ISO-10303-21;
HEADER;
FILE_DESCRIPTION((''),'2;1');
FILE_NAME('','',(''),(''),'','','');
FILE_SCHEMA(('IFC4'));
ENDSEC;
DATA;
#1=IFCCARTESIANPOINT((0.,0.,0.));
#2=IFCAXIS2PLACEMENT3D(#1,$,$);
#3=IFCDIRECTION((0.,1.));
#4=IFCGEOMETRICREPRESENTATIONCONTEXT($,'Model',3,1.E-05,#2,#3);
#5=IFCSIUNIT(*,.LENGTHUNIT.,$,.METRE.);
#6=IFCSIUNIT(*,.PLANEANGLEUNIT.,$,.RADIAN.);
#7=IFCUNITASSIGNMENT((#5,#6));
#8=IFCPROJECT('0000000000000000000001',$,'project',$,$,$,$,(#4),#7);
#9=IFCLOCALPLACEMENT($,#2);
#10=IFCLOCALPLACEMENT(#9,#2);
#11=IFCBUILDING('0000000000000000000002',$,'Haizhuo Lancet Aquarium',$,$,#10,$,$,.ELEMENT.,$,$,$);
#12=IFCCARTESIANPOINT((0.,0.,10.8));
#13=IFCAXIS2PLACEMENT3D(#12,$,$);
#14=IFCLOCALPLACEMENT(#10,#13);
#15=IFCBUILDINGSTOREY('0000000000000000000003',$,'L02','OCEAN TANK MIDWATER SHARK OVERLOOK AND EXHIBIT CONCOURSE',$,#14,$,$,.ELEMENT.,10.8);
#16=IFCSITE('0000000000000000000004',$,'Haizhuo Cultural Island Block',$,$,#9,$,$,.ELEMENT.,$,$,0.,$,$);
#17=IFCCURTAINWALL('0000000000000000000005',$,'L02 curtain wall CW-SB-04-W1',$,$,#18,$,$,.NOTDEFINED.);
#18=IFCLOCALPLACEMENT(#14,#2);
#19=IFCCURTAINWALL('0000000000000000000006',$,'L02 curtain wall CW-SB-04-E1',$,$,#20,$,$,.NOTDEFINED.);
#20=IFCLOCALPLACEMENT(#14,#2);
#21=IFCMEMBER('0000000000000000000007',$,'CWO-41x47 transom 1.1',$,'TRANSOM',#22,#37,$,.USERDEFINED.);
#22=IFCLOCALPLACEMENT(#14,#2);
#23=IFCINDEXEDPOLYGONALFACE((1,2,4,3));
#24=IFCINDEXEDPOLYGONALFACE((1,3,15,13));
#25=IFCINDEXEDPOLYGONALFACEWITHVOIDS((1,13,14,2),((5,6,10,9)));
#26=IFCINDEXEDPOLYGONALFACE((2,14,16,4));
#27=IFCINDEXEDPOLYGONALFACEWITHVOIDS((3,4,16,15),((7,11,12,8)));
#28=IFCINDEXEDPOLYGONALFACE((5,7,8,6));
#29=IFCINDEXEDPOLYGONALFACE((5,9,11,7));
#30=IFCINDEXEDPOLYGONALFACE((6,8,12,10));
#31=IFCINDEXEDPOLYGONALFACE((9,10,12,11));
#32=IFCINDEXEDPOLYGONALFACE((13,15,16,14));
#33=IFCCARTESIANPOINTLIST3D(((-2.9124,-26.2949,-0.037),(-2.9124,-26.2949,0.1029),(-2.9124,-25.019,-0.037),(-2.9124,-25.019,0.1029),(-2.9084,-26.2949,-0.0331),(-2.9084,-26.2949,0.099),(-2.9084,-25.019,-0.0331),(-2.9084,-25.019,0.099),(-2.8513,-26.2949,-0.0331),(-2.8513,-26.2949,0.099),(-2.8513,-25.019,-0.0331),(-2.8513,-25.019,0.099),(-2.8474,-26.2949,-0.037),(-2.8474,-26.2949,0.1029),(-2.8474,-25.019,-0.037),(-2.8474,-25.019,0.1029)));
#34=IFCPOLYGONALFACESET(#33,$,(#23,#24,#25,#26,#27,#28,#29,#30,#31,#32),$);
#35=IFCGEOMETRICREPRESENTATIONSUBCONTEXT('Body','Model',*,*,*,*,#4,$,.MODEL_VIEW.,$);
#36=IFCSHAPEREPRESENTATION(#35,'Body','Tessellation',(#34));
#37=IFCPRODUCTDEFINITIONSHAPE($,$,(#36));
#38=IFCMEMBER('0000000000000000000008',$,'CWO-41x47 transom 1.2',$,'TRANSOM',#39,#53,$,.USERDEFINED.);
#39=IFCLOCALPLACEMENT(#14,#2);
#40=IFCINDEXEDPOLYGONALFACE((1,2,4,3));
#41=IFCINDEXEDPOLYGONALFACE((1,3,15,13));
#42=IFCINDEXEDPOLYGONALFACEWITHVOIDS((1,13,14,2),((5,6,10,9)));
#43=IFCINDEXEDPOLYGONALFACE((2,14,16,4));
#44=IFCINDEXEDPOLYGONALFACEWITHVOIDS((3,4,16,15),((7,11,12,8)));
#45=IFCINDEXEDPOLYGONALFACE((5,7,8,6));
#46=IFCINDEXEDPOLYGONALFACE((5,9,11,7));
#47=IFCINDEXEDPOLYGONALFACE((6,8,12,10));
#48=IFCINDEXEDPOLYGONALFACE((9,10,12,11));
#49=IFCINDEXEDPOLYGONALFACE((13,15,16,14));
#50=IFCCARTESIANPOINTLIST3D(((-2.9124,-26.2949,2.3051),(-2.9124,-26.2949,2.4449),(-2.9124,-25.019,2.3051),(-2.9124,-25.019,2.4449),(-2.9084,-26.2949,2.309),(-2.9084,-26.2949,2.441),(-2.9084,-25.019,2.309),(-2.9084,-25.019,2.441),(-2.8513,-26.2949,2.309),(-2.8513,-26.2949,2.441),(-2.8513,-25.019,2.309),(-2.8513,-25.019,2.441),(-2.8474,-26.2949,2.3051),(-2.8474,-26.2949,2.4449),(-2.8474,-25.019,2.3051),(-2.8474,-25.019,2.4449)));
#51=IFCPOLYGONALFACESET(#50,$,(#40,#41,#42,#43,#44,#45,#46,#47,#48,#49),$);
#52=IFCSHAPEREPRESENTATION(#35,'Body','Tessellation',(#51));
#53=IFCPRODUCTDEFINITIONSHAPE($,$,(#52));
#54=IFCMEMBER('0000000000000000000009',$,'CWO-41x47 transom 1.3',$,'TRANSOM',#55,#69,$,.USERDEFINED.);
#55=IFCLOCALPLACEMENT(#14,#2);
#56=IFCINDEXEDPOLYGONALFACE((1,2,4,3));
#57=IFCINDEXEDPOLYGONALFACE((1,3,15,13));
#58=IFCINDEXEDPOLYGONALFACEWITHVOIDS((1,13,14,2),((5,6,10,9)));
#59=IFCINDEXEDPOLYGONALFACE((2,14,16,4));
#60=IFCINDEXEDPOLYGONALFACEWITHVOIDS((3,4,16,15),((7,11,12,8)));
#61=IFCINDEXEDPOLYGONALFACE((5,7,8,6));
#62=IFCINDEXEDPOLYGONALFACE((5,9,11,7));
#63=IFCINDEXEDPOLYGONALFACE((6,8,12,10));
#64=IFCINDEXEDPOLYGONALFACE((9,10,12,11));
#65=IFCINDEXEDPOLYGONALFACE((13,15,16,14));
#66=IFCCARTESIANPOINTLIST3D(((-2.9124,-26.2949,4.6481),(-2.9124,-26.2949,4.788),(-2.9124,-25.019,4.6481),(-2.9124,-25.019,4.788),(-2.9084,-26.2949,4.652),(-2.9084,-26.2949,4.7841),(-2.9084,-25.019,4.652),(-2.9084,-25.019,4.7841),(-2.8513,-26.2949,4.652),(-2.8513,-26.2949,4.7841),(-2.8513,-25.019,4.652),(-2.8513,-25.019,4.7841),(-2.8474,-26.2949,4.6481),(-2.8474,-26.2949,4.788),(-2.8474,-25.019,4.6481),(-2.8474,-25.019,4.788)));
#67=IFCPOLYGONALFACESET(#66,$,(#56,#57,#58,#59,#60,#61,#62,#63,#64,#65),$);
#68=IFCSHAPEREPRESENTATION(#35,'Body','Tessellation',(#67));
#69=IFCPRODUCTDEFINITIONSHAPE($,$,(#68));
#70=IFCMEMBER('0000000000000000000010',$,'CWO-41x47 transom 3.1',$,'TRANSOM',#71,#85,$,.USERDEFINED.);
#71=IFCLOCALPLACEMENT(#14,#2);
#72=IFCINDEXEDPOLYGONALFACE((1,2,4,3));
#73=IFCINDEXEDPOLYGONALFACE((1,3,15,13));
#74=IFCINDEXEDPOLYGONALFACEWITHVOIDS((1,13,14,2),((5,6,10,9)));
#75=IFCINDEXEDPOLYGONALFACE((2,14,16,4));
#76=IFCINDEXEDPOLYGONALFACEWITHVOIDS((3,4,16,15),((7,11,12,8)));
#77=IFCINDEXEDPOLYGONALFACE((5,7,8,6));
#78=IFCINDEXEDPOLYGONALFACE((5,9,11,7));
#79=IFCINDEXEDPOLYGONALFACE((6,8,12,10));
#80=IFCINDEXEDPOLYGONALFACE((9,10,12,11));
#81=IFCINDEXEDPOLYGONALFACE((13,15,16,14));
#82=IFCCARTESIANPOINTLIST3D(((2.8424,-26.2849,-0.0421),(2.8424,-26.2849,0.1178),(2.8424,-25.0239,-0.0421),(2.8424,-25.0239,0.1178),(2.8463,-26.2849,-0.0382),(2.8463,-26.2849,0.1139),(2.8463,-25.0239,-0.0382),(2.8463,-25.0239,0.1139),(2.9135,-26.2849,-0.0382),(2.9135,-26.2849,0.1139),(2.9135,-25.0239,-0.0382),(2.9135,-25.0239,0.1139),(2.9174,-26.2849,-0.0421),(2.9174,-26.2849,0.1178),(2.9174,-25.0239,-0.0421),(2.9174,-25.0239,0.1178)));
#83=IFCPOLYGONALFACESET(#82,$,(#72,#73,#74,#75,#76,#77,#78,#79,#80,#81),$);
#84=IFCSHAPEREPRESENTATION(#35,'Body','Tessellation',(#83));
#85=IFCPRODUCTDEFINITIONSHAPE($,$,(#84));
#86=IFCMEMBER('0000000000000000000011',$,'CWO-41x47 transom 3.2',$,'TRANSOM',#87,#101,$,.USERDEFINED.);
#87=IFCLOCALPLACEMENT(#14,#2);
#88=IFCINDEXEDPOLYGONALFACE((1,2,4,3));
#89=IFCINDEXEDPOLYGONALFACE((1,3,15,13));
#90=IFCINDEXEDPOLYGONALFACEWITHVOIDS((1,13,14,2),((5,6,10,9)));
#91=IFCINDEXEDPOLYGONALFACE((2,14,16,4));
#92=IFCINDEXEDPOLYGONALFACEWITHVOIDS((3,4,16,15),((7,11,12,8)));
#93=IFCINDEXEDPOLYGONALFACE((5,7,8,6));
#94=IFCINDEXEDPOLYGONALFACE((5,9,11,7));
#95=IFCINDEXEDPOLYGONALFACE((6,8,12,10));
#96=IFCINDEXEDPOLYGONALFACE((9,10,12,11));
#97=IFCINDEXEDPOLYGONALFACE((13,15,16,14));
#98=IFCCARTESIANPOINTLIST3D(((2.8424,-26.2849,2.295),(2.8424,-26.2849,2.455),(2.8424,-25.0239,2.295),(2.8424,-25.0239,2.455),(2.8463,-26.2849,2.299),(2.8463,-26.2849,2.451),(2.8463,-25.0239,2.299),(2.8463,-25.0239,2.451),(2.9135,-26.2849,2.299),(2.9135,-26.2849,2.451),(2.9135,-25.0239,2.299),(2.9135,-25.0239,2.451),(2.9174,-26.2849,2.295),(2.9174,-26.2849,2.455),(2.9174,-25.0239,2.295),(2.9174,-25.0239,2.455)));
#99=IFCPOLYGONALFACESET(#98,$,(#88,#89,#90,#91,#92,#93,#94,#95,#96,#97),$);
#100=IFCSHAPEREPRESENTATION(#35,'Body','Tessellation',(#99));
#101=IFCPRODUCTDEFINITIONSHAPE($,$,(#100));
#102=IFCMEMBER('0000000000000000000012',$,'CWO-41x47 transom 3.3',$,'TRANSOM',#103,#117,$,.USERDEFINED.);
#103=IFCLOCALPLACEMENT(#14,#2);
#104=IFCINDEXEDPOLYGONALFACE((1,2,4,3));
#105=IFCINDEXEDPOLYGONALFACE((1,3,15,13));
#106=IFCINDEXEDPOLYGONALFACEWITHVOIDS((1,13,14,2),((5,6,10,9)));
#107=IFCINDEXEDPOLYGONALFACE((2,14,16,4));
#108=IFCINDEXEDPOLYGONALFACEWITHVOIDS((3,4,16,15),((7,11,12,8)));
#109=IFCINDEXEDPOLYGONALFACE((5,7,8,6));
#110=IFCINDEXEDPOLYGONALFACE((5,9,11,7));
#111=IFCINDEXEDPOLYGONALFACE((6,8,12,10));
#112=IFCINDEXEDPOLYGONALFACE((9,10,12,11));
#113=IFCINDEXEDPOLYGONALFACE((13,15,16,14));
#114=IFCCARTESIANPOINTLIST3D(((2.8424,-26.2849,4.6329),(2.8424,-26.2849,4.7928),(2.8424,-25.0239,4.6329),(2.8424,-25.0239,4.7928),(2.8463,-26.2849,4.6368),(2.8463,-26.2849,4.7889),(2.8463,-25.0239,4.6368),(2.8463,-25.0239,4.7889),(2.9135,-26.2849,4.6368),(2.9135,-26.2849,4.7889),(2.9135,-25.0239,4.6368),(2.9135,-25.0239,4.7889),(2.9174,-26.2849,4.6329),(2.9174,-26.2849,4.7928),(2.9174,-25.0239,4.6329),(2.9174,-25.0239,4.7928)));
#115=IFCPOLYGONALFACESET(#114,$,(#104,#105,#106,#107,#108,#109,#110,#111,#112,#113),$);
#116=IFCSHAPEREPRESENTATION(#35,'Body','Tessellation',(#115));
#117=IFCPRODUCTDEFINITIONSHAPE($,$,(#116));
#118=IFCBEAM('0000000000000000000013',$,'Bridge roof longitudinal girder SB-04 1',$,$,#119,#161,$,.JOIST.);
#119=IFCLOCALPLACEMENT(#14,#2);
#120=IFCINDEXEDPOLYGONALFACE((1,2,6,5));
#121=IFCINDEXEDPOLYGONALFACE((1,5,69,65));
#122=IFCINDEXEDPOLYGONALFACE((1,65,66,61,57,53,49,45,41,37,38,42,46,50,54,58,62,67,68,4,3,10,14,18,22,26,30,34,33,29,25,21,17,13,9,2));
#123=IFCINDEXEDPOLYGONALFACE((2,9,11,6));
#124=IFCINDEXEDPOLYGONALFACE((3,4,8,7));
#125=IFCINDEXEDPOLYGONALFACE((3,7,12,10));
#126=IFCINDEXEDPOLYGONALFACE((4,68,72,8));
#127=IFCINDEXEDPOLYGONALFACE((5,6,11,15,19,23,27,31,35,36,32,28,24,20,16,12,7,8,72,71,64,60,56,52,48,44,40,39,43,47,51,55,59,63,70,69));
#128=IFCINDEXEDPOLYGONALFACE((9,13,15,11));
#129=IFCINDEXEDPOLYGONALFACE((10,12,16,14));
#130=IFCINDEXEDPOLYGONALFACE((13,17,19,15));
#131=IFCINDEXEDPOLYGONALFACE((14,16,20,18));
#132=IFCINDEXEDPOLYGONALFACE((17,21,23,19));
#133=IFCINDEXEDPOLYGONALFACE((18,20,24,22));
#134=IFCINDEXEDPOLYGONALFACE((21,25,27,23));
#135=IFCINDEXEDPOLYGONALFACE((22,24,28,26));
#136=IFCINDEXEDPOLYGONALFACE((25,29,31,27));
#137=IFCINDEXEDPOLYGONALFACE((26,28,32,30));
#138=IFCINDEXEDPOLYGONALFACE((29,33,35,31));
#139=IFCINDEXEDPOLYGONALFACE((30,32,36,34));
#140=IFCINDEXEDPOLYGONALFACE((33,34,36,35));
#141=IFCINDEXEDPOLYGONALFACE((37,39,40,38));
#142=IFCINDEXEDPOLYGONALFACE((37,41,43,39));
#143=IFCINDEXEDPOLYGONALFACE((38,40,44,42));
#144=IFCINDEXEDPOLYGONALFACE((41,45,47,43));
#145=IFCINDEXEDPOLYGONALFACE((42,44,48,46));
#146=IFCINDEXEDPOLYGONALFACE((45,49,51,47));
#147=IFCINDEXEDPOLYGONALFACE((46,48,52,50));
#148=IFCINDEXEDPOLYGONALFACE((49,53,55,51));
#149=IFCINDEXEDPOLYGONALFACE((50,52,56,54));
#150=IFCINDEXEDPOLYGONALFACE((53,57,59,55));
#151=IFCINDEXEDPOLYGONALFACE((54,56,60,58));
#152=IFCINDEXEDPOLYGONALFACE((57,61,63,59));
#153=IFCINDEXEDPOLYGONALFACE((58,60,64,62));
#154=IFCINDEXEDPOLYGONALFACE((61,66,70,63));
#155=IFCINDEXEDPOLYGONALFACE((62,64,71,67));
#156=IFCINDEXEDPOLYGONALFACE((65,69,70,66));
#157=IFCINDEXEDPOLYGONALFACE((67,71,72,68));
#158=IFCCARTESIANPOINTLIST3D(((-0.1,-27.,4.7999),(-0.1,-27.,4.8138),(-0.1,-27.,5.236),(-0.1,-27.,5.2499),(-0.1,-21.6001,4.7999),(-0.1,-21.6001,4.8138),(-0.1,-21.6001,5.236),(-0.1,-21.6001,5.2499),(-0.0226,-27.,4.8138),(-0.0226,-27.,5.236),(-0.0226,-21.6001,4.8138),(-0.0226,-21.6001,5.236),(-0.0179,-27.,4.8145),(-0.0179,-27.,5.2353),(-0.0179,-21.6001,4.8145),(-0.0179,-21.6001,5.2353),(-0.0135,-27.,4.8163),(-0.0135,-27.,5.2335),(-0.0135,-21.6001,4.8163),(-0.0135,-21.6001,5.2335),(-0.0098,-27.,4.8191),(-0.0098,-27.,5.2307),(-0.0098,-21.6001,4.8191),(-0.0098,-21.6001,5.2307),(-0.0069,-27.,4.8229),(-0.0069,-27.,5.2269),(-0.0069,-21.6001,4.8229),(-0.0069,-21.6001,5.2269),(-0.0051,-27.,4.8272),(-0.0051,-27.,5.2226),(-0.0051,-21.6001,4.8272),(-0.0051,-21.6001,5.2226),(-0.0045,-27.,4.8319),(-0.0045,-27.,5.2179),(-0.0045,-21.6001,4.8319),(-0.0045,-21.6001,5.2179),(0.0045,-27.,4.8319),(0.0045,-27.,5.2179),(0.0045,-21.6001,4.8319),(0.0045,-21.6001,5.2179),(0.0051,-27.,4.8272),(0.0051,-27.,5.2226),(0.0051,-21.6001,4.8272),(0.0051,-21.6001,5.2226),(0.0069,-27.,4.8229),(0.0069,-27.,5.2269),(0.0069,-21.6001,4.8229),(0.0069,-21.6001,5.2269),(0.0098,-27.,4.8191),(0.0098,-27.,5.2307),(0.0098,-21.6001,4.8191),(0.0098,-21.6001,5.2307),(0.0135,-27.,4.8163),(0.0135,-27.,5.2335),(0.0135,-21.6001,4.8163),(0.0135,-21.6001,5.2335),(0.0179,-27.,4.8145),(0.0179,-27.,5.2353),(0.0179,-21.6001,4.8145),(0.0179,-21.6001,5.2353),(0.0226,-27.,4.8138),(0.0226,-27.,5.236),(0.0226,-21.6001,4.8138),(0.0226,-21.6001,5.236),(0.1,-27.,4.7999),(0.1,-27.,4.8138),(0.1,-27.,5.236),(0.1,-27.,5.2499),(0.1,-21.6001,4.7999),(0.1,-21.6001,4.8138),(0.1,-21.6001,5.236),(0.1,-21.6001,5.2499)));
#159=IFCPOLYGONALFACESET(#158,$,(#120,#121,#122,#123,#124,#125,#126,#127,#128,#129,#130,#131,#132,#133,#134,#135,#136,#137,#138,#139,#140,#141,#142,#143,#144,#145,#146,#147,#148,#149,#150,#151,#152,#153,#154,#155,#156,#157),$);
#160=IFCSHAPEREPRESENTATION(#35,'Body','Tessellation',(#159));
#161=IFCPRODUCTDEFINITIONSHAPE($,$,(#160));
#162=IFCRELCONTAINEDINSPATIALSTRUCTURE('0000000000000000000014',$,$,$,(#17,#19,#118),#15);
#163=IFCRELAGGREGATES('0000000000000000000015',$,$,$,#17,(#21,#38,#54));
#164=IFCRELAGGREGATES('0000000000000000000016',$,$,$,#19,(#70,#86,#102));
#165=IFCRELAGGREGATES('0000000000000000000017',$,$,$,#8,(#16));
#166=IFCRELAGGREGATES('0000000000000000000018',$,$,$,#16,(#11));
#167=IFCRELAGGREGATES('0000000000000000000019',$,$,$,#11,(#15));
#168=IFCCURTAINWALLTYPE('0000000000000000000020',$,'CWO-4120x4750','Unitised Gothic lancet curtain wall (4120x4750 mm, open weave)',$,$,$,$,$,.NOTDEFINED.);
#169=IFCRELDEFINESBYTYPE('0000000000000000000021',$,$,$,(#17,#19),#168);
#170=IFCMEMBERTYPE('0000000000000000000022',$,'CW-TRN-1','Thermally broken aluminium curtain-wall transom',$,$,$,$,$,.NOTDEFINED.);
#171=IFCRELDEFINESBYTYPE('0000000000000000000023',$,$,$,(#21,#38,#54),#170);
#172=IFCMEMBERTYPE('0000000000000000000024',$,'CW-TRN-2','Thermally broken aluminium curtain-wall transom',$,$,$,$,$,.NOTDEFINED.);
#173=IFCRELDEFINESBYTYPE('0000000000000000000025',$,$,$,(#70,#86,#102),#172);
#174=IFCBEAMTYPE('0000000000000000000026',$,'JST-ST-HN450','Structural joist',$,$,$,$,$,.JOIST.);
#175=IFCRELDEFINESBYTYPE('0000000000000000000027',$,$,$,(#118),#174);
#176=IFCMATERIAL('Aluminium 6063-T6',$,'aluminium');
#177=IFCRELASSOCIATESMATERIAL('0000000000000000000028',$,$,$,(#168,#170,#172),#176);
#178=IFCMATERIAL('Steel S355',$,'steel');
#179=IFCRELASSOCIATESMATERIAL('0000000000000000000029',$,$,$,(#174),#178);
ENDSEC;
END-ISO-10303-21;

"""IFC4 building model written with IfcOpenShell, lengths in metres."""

from ifc_helpers import new_model, si_unit, direction, frame, origin, origin_2d, place, context, subcontext, project, spatial, hollow_rectangle, i_section, extrude, material, material_profile, profile_set, type_object, element, aggregate, save


model = new_model("IFC4")

# Units and contexts
model_context = context("Model", 3, precision=1e-05, world=origin(), true_north=direction((0.0, 1.0)))
body_context = subcontext(model_context, "Body", "Model", "MODEL_VIEW")
ifc_project = project(units=[si_unit("LENGTHUNIT", "METRE"), si_unit("PLANEANGLEUNIT", "RADIAN")], contexts=[model_context])

# Site, building, storey
site_placement = place(None, origin())
site = spatial("IfcSite", under=ifc_project, at=site_placement, Name="Haizhuo Cultural Island Block", CompositionType="ELEMENT", RefElevation=0.0)
building_placement = place(site_placement, origin())
building = spatial("IfcBuilding", under=site, at=building_placement, Name="Haizhuo Lancet Aquarium", CompositionType="ELEMENT")
storey_placement = place(building_placement, frame((0.0, 0.0, 10.8)))
storey = spatial("IfcBuildingStorey", under=building, at=storey_placement, Name="L02", Description="OCEAN TANK MIDWATER SHARK OVERLOOK AND EXHIBIT CONCOURSE", CompositionType="ELEMENT", Elevation=10.8)

# Shared definitions
ifc_material_1 = material(Name="Steel S355", Category="steel")

# Shared definitions
ifc_material_2 = material(Name="Aluminium 6063-T6", Category="aluminium")

# Curtain walls
curtain_wall_type_1 = type_object("IfcCurtainWallType", Name="CWO-4120x4750", Description="Unitised Gothic lancet curtain wall (4120x4750 mm, open weave)", PredefinedType="NOTDEFINED", material=ifc_material_2)
curtain_wall_1_placement = place(storey_placement, origin())
curtain_wall_1 = element("IfcCurtainWall", 1, at=curtain_wall_1_placement, inside=storey, type_object=curtain_wall_type_1, Name="L02 curtain wall CW-SB-04-W1", PredefinedType="NOTDEFINED")
curtain_wall_2_placement = place(storey_placement, origin())
curtain_wall_2 = element("IfcCurtainWall", 2, at=curtain_wall_2_placement, inside=storey, type_object=curtain_wall_type_1, Name="L02 curtain wall CW-SB-04-E1", PredefinedType="NOTDEFINED")

# Members
ifc_material_profile_1 = material_profile(ifc_material_2, hollow_rectangle(XDim=0.0649, YDim=0.1399, WallThickness=0.0039, at=origin_2d()), Name="ALU-T 65x140x4")
ifc_profile_set_1 = profile_set([ifc_material_profile_1], Name="Aluminium 6063-T6")
member_type_1 = type_object("IfcMemberType", Name="CW-TRN-1", Description="Thermally broken aluminium curtain-wall transom", PredefinedType="NOTDEFINED", material=ifc_profile_set_1)
member_1_placement = place(storey_placement, frame((-2.8799, -26.2949, 0.033), z_axis=(0.0, 1.0, 0.0), x_axis=(-1.0, 0.0, 0.0)))
member_1 = element("IfcMember", 3, at=member_1_placement, type_object=member_type_1, Name="CWO-41x47 transom 1.1", ObjectType="TRANSOM", PredefinedType="USERDEFINED", context=body_context, shape_type="SweptSolid", body=[
    extrude(hollow_rectangle(XDim=0.0649, YDim=0.1399, WallThickness=0.0039, at=origin_2d()), origin(), (0.0, 0.0, 1.0), 1.2759),
])
member_2_placement = place(storey_placement, frame((-2.8799, -26.2949, 2.375), z_axis=(0.0, 1.0, 0.0), x_axis=(-1.0, 0.0, 0.0)))
member_2 = element("IfcMember", 4, at=member_2_placement, type_object=member_type_1, Name="CWO-41x47 transom 1.2", ObjectType="TRANSOM", PredefinedType="USERDEFINED", context=body_context, shape_type="SweptSolid", body=[
    extrude(hollow_rectangle(XDim=0.0649, YDim=0.1399, WallThickness=0.0039, at=origin_2d()), origin(), (0.0, 0.0, 1.0), 1.2759),
])
member_3_placement = place(storey_placement, frame((-2.8799, -26.2949, 4.718), z_axis=(0.0, 1.0, 0.0), x_axis=(-1.0, 0.0, 0.0)))
member_3 = element("IfcMember", 5, at=member_3_placement, type_object=member_type_1, Name="CWO-41x47 transom 1.3", ObjectType="TRANSOM", PredefinedType="USERDEFINED", context=body_context, shape_type="SweptSolid", body=[
    extrude(hollow_rectangle(XDim=0.0649, YDim=0.1399, WallThickness=0.0039, at=origin_2d()), origin(), (0.0, 0.0, 1.0), 1.2759),
])
ifc_material_profile_2 = material_profile(ifc_material_2, hollow_rectangle(XDim=0.075, YDim=0.1599, WallThickness=0.0039, at=origin_2d()), Name="ALU-T 75x160x4")
ifc_profile_set_2 = profile_set([ifc_material_profile_2], Name="Aluminium 6063-T6")
member_type_2 = type_object("IfcMemberType", Name="CW-TRN-2", Description="Thermally broken aluminium curtain-wall transom", PredefinedType="NOTDEFINED", material=ifc_profile_set_2)
member_4_placement = place(storey_placement, frame((2.8799, -25.0239, 0.0378), z_axis=(0.0, -1.0, 0.0), x_axis=(1.0, 0.0, 0.0)))
member_4 = element("IfcMember", 6, at=member_4_placement, type_object=member_type_2, Name="CWO-41x47 transom 3.1", ObjectType="TRANSOM", PredefinedType="USERDEFINED", context=body_context, shape_type="SweptSolid", body=[
    extrude(hollow_rectangle(XDim=0.075, YDim=0.1599, WallThickness=0.0039, at=origin_2d()), origin(), (0.0, 0.0, 1.0), 1.261),
])
member_5_placement = place(storey_placement, frame((2.8799, -25.0239, 2.375), z_axis=(0.0, -1.0, 0.0), x_axis=(1.0, 0.0, 0.0)))
member_5 = element("IfcMember", 7, at=member_5_placement, type_object=member_type_2, Name="CWO-41x47 transom 3.2", ObjectType="TRANSOM", PredefinedType="USERDEFINED", context=body_context, shape_type="SweptSolid", body=[
    extrude(hollow_rectangle(XDim=0.075, YDim=0.1599, WallThickness=0.0039, at=origin_2d()), origin(), (0.0, 0.0, 1.0), 1.261),
])
member_6_placement = place(storey_placement, frame((2.8799, -25.0239, 4.7129), z_axis=(0.0, -1.0, 0.0), x_axis=(1.0, 0.0, 0.0)))
member_6 = element("IfcMember", 8, at=member_6_placement, type_object=member_type_2, Name="CWO-41x47 transom 3.3", ObjectType="TRANSOM", PredefinedType="USERDEFINED", context=body_context, shape_type="SweptSolid", body=[
    extrude(hollow_rectangle(XDim=0.075, YDim=0.1599, WallThickness=0.0039, at=origin_2d()), origin(), (0.0, 0.0, 1.0), 1.261),
])

# Beam
ifc_material_profile_3 = material_profile(ifc_material_1, i_section(OverallWidth=0.2, OverallDepth=0.45, WebThickness=0.009, FlangeThickness=0.0139, FilletRadius=0.0181, at=origin_2d()), Name="HN 450x200x9x14")
ifc_profile_set_3 = profile_set([ifc_material_profile_3], Name="Steel S355")
beam_type_1 = type_object("IfcBeamType", Name="JST-ST-HN450", Description="Structural joist", PredefinedType="JOIST", material=ifc_profile_set_3)
beam_1_placement = place(storey_placement, frame((0.0, -27.0, 5.0249), z_axis=(0.0, 1.0, 0.0), x_axis=(-1.0, 0.0, 0.0)))
element("IfcBeam", 9, at=beam_1_placement, inside=storey, type_object=beam_type_1, Name="Bridge roof longitudinal girder SB-04 1", PredefinedType="JOIST", context=body_context, shape_type="SweptSolid", body=[
    extrude(i_section(OverallWidth=0.2, OverallDepth=0.45, WebThickness=0.009, FlangeThickness=0.0139, FilletRadius=0.0181, at=origin_2d()), origin(), (0.0, 0.0, 1.0), 5.3999),
])

aggregate(curtain_wall_1, [member_1, member_2, member_3])
aggregate(curtain_wall_2, [member_4, member_5, member_6])

save(model, "model.ifc")
